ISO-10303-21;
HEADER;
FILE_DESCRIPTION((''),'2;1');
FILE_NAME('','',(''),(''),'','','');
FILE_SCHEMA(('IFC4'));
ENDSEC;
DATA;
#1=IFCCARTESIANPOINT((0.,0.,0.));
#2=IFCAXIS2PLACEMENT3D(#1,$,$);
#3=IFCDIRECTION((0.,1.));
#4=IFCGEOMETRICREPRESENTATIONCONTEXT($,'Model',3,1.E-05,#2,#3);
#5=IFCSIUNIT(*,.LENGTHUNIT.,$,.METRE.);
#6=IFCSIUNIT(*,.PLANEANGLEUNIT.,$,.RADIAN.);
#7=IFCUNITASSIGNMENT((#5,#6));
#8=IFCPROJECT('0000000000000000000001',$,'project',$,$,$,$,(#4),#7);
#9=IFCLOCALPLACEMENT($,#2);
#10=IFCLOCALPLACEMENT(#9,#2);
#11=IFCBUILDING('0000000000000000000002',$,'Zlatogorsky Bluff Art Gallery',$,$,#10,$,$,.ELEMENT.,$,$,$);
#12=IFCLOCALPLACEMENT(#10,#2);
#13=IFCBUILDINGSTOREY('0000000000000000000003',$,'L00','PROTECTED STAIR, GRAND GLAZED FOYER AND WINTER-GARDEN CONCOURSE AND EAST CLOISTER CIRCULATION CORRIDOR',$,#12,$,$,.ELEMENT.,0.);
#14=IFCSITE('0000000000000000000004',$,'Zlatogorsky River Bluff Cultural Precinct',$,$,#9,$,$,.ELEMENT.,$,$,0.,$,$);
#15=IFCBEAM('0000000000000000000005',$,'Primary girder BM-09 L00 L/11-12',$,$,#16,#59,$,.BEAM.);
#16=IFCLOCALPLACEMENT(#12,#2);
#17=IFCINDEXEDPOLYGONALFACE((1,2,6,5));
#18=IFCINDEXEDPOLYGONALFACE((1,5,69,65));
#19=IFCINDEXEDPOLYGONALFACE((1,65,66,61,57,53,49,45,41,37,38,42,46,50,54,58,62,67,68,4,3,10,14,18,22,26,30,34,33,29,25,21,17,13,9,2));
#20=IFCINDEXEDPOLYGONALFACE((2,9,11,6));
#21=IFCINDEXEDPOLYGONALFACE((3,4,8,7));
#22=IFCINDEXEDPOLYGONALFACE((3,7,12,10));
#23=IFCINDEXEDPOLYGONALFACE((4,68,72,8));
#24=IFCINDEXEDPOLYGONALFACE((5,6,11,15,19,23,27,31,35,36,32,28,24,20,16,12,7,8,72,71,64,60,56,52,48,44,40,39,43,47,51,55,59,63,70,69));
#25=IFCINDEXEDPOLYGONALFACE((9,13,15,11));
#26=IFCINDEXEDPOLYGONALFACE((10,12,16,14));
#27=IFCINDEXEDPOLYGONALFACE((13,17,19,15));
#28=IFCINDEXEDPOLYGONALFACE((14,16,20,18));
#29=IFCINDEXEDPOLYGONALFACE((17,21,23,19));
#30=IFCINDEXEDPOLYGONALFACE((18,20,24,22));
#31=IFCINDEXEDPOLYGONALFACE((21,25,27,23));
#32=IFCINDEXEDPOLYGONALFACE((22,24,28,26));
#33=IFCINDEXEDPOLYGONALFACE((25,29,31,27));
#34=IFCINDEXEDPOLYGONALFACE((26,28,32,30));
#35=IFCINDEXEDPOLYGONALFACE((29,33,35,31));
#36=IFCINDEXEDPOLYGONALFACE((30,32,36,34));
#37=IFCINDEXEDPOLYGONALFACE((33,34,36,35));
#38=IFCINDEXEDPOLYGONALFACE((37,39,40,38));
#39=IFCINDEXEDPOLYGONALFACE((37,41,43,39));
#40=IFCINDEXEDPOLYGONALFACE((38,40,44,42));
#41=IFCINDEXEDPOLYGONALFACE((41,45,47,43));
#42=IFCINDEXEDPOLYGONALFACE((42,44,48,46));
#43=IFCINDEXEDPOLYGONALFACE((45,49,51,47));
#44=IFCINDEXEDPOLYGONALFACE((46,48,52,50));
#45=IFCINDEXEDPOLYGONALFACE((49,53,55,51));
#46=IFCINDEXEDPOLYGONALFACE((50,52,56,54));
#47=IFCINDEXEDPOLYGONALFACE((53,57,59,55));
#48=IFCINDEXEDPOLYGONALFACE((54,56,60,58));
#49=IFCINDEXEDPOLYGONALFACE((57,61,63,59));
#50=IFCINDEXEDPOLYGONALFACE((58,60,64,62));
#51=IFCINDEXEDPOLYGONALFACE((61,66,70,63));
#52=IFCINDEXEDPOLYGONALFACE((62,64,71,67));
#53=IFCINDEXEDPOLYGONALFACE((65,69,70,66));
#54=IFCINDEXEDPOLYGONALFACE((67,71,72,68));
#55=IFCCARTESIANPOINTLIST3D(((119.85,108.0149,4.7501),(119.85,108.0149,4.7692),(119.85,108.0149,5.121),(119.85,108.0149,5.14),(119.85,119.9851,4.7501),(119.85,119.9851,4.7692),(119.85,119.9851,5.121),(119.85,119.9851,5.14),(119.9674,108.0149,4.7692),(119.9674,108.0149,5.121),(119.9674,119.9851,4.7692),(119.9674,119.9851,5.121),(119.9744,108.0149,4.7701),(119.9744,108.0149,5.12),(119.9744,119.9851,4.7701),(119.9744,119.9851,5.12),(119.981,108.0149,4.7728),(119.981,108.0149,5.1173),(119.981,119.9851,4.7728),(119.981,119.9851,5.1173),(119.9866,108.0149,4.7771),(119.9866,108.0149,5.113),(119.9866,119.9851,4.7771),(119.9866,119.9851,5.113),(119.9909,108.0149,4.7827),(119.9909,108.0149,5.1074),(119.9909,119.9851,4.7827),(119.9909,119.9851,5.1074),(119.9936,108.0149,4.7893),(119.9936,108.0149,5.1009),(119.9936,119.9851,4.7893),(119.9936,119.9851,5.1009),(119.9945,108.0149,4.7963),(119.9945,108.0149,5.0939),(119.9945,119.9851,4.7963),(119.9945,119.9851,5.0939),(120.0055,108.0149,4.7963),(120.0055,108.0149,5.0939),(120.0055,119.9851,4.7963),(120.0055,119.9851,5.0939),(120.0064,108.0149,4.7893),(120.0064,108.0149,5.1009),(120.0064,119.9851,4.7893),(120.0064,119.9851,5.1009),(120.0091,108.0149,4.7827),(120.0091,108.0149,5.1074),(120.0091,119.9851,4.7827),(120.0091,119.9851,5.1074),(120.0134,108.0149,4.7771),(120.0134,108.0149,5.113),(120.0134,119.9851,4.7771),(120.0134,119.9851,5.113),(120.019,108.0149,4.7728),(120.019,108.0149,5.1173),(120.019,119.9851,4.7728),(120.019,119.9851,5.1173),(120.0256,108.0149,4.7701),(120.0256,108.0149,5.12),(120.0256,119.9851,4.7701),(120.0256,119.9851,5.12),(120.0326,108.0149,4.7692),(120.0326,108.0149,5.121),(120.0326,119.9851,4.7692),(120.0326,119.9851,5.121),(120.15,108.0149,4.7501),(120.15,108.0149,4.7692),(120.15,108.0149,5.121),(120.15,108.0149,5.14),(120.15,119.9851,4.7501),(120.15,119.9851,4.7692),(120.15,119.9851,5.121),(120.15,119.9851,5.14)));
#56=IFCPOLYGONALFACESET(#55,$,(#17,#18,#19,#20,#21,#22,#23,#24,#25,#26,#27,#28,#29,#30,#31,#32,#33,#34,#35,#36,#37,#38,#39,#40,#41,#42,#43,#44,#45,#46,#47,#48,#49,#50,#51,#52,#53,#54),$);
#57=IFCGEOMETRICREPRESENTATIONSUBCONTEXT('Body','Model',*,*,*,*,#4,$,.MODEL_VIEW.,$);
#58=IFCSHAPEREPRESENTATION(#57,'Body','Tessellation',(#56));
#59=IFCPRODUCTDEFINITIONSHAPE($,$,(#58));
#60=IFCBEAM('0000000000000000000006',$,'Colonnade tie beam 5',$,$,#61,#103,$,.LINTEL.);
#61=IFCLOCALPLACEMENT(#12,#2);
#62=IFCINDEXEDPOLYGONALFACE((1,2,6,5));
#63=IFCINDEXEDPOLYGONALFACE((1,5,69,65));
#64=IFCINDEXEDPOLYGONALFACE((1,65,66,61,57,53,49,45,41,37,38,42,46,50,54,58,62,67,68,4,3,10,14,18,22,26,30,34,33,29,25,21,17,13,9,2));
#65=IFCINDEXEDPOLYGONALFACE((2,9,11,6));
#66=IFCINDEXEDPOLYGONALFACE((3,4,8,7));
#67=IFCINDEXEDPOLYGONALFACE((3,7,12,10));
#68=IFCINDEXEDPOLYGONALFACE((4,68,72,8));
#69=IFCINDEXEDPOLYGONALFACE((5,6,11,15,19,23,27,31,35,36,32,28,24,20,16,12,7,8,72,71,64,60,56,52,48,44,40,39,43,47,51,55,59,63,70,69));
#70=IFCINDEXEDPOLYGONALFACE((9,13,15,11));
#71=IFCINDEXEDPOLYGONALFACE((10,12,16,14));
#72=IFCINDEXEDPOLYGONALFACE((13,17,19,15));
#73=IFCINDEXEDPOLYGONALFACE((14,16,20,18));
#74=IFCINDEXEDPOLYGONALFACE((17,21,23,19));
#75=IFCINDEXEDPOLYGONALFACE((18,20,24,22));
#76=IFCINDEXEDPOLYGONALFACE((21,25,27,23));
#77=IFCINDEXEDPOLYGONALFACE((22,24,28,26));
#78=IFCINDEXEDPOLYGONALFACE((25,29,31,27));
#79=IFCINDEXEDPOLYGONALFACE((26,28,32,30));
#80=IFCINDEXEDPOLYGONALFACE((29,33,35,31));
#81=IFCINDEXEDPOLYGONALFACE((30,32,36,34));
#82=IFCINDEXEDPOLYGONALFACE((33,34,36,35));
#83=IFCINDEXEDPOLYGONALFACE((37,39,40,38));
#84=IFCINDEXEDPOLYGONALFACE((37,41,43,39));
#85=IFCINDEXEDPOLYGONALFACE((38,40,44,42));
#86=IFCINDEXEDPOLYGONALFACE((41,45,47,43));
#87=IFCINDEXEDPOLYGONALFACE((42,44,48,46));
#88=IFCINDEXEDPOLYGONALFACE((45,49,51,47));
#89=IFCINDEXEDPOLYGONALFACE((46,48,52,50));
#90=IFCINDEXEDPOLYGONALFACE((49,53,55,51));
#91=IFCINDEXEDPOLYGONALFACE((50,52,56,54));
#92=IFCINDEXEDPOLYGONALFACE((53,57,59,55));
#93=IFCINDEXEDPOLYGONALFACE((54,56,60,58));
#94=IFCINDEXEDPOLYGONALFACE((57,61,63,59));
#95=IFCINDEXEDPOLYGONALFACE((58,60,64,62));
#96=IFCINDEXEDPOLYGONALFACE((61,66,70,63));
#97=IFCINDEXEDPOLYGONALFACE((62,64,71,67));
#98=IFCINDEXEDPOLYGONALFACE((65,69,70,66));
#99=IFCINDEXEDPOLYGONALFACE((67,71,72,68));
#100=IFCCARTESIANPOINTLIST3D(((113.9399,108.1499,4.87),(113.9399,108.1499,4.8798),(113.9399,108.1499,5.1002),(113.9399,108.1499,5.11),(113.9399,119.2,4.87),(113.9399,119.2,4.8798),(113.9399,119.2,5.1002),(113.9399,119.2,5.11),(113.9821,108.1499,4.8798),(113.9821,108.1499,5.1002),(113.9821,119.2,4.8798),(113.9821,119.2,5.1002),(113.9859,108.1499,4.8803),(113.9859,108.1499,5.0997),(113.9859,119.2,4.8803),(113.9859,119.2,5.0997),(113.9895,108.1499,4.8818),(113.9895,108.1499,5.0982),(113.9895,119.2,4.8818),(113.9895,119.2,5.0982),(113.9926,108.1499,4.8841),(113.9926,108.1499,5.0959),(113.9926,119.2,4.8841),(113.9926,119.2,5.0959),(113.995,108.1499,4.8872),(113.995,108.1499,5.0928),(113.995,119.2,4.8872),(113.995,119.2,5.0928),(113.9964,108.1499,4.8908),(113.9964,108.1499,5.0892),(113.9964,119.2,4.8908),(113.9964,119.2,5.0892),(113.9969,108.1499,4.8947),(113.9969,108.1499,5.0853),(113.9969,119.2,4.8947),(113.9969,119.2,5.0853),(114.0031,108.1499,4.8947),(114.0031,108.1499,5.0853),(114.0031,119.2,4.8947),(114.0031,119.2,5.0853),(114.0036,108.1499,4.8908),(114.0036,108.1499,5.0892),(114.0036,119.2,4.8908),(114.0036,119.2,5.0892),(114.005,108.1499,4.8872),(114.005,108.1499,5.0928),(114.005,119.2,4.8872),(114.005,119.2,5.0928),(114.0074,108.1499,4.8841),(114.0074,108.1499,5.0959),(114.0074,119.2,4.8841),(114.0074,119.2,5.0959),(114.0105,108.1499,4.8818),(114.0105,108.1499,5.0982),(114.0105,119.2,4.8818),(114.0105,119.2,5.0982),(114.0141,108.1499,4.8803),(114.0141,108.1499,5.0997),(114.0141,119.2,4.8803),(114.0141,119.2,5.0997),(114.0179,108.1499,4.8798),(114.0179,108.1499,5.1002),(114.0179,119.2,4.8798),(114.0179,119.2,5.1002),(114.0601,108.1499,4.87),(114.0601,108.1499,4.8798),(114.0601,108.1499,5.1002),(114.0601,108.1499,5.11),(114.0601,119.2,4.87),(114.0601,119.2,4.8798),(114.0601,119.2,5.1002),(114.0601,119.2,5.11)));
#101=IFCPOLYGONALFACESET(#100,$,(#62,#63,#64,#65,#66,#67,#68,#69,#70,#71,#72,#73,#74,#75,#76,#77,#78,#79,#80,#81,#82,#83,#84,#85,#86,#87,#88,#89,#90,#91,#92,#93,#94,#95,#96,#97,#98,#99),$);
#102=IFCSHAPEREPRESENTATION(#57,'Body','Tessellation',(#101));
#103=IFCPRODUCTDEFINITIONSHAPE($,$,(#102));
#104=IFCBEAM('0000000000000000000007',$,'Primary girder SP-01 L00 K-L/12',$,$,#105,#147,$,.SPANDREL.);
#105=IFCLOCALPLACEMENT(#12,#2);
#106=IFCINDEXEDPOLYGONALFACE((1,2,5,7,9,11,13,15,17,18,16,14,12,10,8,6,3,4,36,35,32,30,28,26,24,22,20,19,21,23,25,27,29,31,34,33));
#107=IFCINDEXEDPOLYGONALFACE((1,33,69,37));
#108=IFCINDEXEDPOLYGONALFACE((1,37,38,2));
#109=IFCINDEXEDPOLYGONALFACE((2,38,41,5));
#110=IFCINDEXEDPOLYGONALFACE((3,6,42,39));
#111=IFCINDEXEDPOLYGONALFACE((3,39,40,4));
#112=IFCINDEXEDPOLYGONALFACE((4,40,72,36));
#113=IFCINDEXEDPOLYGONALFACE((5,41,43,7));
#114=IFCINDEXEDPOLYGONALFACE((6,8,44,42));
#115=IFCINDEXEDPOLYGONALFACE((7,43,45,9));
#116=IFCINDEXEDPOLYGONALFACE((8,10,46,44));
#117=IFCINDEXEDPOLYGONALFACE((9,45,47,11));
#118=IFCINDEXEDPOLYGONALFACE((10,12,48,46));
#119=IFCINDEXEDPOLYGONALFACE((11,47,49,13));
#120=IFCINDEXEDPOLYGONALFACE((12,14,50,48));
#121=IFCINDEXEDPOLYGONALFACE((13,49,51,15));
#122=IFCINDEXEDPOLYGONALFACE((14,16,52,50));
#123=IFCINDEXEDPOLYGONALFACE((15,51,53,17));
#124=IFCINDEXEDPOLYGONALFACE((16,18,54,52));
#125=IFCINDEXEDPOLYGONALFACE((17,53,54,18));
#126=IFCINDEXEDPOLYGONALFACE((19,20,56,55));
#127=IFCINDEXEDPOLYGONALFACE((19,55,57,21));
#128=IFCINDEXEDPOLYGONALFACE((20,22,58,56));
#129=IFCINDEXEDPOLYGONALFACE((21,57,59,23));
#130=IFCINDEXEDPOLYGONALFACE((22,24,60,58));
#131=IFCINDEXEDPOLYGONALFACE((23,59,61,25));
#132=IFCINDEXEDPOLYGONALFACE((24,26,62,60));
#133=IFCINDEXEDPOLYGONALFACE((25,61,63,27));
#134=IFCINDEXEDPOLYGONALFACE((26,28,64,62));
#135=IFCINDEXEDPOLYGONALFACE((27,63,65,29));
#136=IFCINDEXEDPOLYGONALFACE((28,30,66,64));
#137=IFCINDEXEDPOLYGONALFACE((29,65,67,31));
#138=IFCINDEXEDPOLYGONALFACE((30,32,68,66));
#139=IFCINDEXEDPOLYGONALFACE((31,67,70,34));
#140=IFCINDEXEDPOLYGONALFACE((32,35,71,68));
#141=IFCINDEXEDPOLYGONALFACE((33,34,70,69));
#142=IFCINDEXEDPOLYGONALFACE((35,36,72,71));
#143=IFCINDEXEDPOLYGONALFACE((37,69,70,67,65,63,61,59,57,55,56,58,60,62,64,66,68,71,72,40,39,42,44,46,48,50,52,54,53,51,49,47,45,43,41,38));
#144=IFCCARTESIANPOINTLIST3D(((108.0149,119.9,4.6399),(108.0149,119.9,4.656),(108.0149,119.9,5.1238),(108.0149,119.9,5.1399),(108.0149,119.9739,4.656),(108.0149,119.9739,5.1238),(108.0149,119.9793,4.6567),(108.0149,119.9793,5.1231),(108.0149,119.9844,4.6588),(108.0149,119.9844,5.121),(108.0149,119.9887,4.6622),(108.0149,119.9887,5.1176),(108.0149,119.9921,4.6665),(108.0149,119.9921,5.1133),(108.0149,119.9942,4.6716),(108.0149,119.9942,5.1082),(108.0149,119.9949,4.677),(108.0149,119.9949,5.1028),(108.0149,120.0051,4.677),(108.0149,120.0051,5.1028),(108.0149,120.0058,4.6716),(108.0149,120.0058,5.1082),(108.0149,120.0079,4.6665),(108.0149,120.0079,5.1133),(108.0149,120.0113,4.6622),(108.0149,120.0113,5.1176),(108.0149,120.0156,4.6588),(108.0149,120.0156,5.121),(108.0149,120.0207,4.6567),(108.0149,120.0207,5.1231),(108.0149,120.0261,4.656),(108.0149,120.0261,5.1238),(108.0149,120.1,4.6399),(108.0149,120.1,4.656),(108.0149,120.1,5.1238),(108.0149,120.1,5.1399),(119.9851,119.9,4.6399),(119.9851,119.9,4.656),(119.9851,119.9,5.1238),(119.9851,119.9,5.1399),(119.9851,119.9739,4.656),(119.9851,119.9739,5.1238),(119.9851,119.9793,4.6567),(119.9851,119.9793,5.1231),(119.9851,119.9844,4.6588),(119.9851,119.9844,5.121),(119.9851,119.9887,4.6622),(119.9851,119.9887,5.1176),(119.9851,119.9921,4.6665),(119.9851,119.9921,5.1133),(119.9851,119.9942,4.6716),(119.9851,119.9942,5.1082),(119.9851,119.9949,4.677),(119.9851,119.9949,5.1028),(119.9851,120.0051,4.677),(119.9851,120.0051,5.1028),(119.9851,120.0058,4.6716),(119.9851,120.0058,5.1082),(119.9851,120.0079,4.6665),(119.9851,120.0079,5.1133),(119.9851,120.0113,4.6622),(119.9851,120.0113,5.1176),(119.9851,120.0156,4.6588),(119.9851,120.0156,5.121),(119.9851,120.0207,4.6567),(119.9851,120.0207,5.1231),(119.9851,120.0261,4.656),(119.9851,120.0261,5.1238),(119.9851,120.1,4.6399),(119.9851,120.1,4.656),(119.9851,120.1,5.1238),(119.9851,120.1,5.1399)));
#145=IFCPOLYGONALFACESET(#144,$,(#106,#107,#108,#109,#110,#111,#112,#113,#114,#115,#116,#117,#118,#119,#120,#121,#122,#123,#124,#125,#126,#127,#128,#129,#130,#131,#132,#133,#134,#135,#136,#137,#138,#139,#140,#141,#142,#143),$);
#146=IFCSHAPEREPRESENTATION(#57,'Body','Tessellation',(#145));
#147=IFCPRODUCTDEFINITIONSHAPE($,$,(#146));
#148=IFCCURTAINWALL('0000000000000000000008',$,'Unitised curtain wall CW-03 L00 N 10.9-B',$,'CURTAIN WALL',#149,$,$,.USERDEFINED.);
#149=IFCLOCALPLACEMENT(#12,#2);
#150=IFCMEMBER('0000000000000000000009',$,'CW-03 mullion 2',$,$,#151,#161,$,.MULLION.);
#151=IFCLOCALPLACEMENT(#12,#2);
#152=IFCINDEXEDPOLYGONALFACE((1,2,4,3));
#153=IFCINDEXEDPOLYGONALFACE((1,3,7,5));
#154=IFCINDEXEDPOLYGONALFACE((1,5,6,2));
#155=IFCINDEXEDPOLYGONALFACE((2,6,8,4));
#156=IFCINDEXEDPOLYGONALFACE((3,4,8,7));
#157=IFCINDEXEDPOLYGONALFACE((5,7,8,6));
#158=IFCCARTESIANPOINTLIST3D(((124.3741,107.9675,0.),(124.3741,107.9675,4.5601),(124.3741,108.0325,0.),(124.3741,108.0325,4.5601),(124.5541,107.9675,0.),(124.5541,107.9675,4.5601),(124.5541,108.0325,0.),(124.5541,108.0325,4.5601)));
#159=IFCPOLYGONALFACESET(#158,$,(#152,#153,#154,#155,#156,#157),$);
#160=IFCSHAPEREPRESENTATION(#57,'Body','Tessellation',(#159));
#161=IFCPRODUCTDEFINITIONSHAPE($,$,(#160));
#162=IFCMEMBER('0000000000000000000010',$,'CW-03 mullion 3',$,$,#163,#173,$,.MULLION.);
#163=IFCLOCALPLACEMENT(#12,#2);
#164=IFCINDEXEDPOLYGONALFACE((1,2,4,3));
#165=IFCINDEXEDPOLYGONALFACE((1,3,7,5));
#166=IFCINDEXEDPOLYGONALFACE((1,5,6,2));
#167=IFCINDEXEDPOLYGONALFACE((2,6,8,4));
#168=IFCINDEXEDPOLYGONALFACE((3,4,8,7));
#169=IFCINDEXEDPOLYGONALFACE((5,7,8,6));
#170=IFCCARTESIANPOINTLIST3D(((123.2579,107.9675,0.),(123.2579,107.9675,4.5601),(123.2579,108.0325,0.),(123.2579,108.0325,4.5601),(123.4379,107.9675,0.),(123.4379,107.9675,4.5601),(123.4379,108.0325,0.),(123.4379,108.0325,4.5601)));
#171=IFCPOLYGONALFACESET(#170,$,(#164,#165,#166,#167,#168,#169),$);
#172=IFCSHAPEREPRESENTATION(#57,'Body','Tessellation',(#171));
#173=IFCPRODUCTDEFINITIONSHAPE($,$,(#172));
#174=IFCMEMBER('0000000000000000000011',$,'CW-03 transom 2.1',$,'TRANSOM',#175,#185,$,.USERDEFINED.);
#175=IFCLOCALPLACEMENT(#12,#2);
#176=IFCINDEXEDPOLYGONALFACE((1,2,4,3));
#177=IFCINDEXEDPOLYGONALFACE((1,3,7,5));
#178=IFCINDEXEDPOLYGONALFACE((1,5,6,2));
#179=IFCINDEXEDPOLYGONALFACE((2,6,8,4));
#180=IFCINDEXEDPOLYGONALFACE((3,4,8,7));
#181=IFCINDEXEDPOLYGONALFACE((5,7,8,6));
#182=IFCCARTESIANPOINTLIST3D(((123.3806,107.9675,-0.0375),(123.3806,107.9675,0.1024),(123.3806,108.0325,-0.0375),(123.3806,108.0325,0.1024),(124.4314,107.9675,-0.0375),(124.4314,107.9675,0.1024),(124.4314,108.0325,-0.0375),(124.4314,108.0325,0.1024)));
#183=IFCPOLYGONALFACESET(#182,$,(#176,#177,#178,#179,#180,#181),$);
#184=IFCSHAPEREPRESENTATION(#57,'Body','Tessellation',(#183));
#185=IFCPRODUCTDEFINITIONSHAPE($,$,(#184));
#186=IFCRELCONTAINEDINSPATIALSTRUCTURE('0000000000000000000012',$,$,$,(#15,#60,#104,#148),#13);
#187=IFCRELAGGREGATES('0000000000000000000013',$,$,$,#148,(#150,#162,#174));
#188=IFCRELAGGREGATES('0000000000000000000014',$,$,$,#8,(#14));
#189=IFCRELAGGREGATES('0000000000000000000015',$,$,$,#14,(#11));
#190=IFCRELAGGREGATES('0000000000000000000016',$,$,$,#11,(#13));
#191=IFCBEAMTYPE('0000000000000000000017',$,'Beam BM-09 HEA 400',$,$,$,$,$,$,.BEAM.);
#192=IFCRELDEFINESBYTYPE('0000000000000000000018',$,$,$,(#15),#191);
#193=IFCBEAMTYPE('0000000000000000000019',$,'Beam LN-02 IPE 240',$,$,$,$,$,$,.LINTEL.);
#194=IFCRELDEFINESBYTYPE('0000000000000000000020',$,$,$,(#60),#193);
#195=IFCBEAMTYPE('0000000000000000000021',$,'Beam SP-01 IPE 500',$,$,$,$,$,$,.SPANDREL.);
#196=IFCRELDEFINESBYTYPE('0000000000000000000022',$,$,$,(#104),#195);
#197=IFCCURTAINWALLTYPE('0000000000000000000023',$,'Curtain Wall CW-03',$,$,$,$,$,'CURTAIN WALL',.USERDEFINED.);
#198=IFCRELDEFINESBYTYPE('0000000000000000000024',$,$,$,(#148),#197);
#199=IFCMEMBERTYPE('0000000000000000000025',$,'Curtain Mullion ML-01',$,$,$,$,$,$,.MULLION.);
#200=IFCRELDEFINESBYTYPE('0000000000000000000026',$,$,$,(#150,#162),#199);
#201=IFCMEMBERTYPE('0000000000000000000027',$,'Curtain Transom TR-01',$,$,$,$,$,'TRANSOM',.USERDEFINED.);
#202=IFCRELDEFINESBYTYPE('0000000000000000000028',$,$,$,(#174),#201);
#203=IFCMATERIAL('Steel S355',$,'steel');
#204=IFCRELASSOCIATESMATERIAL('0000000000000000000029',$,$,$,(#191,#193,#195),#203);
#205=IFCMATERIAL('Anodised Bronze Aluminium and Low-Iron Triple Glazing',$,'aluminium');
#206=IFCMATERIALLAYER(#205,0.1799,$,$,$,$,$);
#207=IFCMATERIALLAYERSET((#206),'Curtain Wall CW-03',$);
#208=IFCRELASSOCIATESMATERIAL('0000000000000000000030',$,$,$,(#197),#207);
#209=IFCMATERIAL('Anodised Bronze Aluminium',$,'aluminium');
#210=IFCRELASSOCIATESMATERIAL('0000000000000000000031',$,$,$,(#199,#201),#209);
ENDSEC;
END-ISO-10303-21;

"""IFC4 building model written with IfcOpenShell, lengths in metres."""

from ifc_helpers import new_model, si_unit, direction, frame, origin, origin_2d, place, context, subcontext, project, spatial, rectangle, i_section, extrude, material, layer, layer_set, material_profile, profile_set, type_object, element, aggregate, save


model = new_model("IFC4")

# Units and contexts
model_context = context("Model", 3, precision=1e-05, world=origin(), true_north=direction((0.0, 1.0)))
body_context = subcontext(model_context, "Body", "Model", "MODEL_VIEW")
ifc_project = project(units=[si_unit("LENGTHUNIT", "METRE"), si_unit("PLANEANGLEUNIT", "RADIAN")], contexts=[model_context])

# Site, building, storey
site_placement = place(None, origin())
site = spatial("IfcSite", under=ifc_project, at=site_placement, Name="Zlatogorsky River Bluff Cultural Precinct", CompositionType="ELEMENT", RefElevation=0.0)
building_placement = place(site_placement, origin())
building = spatial("IfcBuilding", under=site, at=building_placement, Name="Zlatogorsky Bluff Art Gallery", CompositionType="ELEMENT")
storey_placement = place(building_placement, origin())
storey = spatial("IfcBuildingStorey", under=building, at=storey_placement, Name="L00", Description="PROTECTED STAIR, GRAND GLAZED FOYER AND WINTER-GARDEN CONCOURSE AND EAST CLOISTER CIRCULATION CORRIDOR", CompositionType="ELEMENT", Elevation=0.0)

# Shared definitions
ifc_material_1 = material(Name="Steel S355", Category="steel")

# Beams
ifc_material_profile_1 = material_profile(ifc_material_1, i_section(OverallWidth=0.3, OverallDepth=0.3899, WebThickness=0.011, FlangeThickness=0.019, FilletRadius=0.0271, at=origin_2d()), Name="HEA 400")
ifc_profile_set_1 = profile_set([ifc_material_profile_1], Name="Steel S355")
beam_type_1 = type_object("IfcBeamType", Name="Beam BM-09 HEA 400", PredefinedType="BEAM", material=ifc_profile_set_1)
beam_1_placement = place(storey_placement, frame((120.0, 108.0149, 4.9451), z_axis=(0.0, 1.0, 0.0), x_axis=(-1.0, 0.0, 0.0)))
element("IfcBeam", 1, at=beam_1_placement, inside=storey, type_object=beam_type_1, Name="Primary girder BM-09 L00 L/11-12", PredefinedType="BEAM", context=body_context, shape_type="SweptSolid", body=[
    extrude(i_section(OverallWidth=0.3, OverallDepth=0.3899, WebThickness=0.011, FlangeThickness=0.019, FilletRadius=0.0271, at=origin_2d()), origin(), (0.0, 0.0, 1.0), 11.9702),
])
ifc_material_profile_2 = material_profile(ifc_material_1, i_section(OverallWidth=0.1201, OverallDepth=0.24, WebThickness=0.0061, FlangeThickness=0.0098, FilletRadius=0.0149, at=origin_2d()), Name="IPE 240")
ifc_profile_set_2 = profile_set([ifc_material_profile_2], Name="Steel S355")
beam_type_2 = type_object("IfcBeamType", Name="Beam LN-02 IPE 240", PredefinedType="LINTEL", material=ifc_profile_set_2)
beam_2_placement = place(storey_placement, frame((114.0, 108.1499, 4.99), z_axis=(0.0, 1.0, 0.0), x_axis=(-1.0, 0.0, 0.0)))
element("IfcBeam", 2, at=beam_2_placement, inside=storey, type_object=beam_type_2, Name="Colonnade tie beam 5", PredefinedType="LINTEL", context=body_context, shape_type="SweptSolid", body=[
    extrude(i_section(OverallWidth=0.1201, OverallDepth=0.24, WebThickness=0.0061, FlangeThickness=0.0098, FilletRadius=0.0149, at=origin_2d()), origin(), (0.0, 0.0, 1.0), 11.05),
])
ifc_material_profile_3 = material_profile(ifc_material_1, i_section(OverallWidth=0.2, OverallDepth=0.5, WebThickness=0.0103, FlangeThickness=0.0161, FilletRadius=0.021, at=origin_2d()), Name="IPE 500")
ifc_profile_set_3 = profile_set([ifc_material_profile_3], Name="Steel S355")
beam_type_3 = type_object("IfcBeamType", Name="Beam SP-01 IPE 500", PredefinedType="SPANDREL", material=ifc_profile_set_3)
beam_3_placement = place(storey_placement, frame((108.0149, 120.0, 4.8899), z_axis=(1.0, 0.0, 0.0), x_axis=(0.0, 1.0, 0.0)))
element("IfcBeam", 3, at=beam_3_placement, inside=storey, type_object=beam_type_3, Name="Primary girder SP-01 L00 K-L/12", PredefinedType="SPANDREL", context=body_context, shape_type="SweptSolid", body=[
    extrude(i_section(OverallWidth=0.2, OverallDepth=0.5, WebThickness=0.0103, FlangeThickness=0.0161, FilletRadius=0.021, at=origin_2d()), origin(), (0.0, 0.0, 1.0), 11.9702),
])

# Curtain wall, members
ifc_material_2 = material(Name="Anodised Bronze Aluminium and Low-Iron Triple Glazing", Category="aluminium")
ifc_layer_1 = layer(ifc_material_2, 0.1799)
ifc_layer_set_1 = layer_set([ifc_layer_1], Name="Curtain Wall CW-03")
curtain_wall_type = type_object("IfcCurtainWallType", Name="Curtain Wall CW-03", ElementType="CURTAIN WALL", PredefinedType="USERDEFINED", material=ifc_layer_set_1)
curtain_wall_placement = place(storey_placement, origin())
curtain_wall = element("IfcCurtainWall", 4, at=curtain_wall_placement, inside=storey, type_object=curtain_wall_type, Name="Unitised curtain wall CW-03 L00 N 10.9-B", ObjectType="CURTAIN WALL", PredefinedType="USERDEFINED")
ifc_material_3 = material(Name="Anodised Bronze Aluminium", Category="aluminium")
ifc_material_profile_4 = material_profile(ifc_material_3, rectangle(XDim=0.0649, YDim=0.1799, at=origin_2d()), Name="ALU MULLION 65x180")
ifc_profile_set_4 = profile_set([ifc_material_profile_4], Name="Anodised Bronze Aluminium")
member_type_1 = type_object("IfcMemberType", Name="Curtain Mullion ML-01", PredefinedType="MULLION", material=ifc_profile_set_4)
member_1_placement = place(storey_placement, frame((124.4641, 108.0, 0.0), z_axis=(0.0, 0.0, 1.0), x_axis=(0.0, -1.0, 0.0)))
member_1 = element("IfcMember", 5, at=member_1_placement, type_object=member_type_1, Name="CW-03 mullion 2", PredefinedType="MULLION", context=body_context, shape_type="SweptSolid", body=[
    extrude(rectangle(XDim=0.0649, YDim=0.1799, at=origin_2d()), origin(), (0.0, 0.0, 1.0), 4.5601),
])
member_2_placement = place(storey_placement, frame((123.3479, 108.0, 0.0), z_axis=(0.0, 0.0, 1.0), x_axis=(0.0, -1.0, 0.0)))
member_2 = element("IfcMember", 6, at=member_2_placement, type_object=member_type_1, Name="CW-03 mullion 3", PredefinedType="MULLION", context=body_context, shape_type="SweptSolid", body=[
    extrude(rectangle(XDim=0.0649, YDim=0.1799, at=origin_2d()), origin(), (0.0, 0.0, 1.0), 4.5601),
])
ifc_material_profile_5 = material_profile(ifc_material_3, rectangle(XDim=0.0649, YDim=0.1399, at=origin_2d()), Name="ALU TRANSOM 65x140")
ifc_profile_set_5 = profile_set([ifc_material_profile_5], Name="Anodised Bronze Aluminium")
member_type_2 = type_object("IfcMemberType", Name="Curtain Transom TR-01", ElementType="TRANSOM", PredefinedType="USERDEFINED", material=ifc_profile_set_5)
member_3_placement = place(storey_placement, frame((124.4314, 108.0, 0.0325), z_axis=(-1.0, 0.0, 0.0), x_axis=(0.0, -1.0, 0.0)))
member_3 = element("IfcMember", 7, at=member_3_placement, type_object=member_type_2, Name="CW-03 transom 2.1", ObjectType="TRANSOM", PredefinedType="USERDEFINED", context=body_context, shape_type="SweptSolid", body=[
    extrude(rectangle(XDim=0.0649, YDim=0.1399, at=origin_2d()), origin(), (0.0, 0.0, 1.0), 1.0508),
])
aggregate(curtain_wall, [member_1, member_2, member_3])

save(model, "model.ifc")
